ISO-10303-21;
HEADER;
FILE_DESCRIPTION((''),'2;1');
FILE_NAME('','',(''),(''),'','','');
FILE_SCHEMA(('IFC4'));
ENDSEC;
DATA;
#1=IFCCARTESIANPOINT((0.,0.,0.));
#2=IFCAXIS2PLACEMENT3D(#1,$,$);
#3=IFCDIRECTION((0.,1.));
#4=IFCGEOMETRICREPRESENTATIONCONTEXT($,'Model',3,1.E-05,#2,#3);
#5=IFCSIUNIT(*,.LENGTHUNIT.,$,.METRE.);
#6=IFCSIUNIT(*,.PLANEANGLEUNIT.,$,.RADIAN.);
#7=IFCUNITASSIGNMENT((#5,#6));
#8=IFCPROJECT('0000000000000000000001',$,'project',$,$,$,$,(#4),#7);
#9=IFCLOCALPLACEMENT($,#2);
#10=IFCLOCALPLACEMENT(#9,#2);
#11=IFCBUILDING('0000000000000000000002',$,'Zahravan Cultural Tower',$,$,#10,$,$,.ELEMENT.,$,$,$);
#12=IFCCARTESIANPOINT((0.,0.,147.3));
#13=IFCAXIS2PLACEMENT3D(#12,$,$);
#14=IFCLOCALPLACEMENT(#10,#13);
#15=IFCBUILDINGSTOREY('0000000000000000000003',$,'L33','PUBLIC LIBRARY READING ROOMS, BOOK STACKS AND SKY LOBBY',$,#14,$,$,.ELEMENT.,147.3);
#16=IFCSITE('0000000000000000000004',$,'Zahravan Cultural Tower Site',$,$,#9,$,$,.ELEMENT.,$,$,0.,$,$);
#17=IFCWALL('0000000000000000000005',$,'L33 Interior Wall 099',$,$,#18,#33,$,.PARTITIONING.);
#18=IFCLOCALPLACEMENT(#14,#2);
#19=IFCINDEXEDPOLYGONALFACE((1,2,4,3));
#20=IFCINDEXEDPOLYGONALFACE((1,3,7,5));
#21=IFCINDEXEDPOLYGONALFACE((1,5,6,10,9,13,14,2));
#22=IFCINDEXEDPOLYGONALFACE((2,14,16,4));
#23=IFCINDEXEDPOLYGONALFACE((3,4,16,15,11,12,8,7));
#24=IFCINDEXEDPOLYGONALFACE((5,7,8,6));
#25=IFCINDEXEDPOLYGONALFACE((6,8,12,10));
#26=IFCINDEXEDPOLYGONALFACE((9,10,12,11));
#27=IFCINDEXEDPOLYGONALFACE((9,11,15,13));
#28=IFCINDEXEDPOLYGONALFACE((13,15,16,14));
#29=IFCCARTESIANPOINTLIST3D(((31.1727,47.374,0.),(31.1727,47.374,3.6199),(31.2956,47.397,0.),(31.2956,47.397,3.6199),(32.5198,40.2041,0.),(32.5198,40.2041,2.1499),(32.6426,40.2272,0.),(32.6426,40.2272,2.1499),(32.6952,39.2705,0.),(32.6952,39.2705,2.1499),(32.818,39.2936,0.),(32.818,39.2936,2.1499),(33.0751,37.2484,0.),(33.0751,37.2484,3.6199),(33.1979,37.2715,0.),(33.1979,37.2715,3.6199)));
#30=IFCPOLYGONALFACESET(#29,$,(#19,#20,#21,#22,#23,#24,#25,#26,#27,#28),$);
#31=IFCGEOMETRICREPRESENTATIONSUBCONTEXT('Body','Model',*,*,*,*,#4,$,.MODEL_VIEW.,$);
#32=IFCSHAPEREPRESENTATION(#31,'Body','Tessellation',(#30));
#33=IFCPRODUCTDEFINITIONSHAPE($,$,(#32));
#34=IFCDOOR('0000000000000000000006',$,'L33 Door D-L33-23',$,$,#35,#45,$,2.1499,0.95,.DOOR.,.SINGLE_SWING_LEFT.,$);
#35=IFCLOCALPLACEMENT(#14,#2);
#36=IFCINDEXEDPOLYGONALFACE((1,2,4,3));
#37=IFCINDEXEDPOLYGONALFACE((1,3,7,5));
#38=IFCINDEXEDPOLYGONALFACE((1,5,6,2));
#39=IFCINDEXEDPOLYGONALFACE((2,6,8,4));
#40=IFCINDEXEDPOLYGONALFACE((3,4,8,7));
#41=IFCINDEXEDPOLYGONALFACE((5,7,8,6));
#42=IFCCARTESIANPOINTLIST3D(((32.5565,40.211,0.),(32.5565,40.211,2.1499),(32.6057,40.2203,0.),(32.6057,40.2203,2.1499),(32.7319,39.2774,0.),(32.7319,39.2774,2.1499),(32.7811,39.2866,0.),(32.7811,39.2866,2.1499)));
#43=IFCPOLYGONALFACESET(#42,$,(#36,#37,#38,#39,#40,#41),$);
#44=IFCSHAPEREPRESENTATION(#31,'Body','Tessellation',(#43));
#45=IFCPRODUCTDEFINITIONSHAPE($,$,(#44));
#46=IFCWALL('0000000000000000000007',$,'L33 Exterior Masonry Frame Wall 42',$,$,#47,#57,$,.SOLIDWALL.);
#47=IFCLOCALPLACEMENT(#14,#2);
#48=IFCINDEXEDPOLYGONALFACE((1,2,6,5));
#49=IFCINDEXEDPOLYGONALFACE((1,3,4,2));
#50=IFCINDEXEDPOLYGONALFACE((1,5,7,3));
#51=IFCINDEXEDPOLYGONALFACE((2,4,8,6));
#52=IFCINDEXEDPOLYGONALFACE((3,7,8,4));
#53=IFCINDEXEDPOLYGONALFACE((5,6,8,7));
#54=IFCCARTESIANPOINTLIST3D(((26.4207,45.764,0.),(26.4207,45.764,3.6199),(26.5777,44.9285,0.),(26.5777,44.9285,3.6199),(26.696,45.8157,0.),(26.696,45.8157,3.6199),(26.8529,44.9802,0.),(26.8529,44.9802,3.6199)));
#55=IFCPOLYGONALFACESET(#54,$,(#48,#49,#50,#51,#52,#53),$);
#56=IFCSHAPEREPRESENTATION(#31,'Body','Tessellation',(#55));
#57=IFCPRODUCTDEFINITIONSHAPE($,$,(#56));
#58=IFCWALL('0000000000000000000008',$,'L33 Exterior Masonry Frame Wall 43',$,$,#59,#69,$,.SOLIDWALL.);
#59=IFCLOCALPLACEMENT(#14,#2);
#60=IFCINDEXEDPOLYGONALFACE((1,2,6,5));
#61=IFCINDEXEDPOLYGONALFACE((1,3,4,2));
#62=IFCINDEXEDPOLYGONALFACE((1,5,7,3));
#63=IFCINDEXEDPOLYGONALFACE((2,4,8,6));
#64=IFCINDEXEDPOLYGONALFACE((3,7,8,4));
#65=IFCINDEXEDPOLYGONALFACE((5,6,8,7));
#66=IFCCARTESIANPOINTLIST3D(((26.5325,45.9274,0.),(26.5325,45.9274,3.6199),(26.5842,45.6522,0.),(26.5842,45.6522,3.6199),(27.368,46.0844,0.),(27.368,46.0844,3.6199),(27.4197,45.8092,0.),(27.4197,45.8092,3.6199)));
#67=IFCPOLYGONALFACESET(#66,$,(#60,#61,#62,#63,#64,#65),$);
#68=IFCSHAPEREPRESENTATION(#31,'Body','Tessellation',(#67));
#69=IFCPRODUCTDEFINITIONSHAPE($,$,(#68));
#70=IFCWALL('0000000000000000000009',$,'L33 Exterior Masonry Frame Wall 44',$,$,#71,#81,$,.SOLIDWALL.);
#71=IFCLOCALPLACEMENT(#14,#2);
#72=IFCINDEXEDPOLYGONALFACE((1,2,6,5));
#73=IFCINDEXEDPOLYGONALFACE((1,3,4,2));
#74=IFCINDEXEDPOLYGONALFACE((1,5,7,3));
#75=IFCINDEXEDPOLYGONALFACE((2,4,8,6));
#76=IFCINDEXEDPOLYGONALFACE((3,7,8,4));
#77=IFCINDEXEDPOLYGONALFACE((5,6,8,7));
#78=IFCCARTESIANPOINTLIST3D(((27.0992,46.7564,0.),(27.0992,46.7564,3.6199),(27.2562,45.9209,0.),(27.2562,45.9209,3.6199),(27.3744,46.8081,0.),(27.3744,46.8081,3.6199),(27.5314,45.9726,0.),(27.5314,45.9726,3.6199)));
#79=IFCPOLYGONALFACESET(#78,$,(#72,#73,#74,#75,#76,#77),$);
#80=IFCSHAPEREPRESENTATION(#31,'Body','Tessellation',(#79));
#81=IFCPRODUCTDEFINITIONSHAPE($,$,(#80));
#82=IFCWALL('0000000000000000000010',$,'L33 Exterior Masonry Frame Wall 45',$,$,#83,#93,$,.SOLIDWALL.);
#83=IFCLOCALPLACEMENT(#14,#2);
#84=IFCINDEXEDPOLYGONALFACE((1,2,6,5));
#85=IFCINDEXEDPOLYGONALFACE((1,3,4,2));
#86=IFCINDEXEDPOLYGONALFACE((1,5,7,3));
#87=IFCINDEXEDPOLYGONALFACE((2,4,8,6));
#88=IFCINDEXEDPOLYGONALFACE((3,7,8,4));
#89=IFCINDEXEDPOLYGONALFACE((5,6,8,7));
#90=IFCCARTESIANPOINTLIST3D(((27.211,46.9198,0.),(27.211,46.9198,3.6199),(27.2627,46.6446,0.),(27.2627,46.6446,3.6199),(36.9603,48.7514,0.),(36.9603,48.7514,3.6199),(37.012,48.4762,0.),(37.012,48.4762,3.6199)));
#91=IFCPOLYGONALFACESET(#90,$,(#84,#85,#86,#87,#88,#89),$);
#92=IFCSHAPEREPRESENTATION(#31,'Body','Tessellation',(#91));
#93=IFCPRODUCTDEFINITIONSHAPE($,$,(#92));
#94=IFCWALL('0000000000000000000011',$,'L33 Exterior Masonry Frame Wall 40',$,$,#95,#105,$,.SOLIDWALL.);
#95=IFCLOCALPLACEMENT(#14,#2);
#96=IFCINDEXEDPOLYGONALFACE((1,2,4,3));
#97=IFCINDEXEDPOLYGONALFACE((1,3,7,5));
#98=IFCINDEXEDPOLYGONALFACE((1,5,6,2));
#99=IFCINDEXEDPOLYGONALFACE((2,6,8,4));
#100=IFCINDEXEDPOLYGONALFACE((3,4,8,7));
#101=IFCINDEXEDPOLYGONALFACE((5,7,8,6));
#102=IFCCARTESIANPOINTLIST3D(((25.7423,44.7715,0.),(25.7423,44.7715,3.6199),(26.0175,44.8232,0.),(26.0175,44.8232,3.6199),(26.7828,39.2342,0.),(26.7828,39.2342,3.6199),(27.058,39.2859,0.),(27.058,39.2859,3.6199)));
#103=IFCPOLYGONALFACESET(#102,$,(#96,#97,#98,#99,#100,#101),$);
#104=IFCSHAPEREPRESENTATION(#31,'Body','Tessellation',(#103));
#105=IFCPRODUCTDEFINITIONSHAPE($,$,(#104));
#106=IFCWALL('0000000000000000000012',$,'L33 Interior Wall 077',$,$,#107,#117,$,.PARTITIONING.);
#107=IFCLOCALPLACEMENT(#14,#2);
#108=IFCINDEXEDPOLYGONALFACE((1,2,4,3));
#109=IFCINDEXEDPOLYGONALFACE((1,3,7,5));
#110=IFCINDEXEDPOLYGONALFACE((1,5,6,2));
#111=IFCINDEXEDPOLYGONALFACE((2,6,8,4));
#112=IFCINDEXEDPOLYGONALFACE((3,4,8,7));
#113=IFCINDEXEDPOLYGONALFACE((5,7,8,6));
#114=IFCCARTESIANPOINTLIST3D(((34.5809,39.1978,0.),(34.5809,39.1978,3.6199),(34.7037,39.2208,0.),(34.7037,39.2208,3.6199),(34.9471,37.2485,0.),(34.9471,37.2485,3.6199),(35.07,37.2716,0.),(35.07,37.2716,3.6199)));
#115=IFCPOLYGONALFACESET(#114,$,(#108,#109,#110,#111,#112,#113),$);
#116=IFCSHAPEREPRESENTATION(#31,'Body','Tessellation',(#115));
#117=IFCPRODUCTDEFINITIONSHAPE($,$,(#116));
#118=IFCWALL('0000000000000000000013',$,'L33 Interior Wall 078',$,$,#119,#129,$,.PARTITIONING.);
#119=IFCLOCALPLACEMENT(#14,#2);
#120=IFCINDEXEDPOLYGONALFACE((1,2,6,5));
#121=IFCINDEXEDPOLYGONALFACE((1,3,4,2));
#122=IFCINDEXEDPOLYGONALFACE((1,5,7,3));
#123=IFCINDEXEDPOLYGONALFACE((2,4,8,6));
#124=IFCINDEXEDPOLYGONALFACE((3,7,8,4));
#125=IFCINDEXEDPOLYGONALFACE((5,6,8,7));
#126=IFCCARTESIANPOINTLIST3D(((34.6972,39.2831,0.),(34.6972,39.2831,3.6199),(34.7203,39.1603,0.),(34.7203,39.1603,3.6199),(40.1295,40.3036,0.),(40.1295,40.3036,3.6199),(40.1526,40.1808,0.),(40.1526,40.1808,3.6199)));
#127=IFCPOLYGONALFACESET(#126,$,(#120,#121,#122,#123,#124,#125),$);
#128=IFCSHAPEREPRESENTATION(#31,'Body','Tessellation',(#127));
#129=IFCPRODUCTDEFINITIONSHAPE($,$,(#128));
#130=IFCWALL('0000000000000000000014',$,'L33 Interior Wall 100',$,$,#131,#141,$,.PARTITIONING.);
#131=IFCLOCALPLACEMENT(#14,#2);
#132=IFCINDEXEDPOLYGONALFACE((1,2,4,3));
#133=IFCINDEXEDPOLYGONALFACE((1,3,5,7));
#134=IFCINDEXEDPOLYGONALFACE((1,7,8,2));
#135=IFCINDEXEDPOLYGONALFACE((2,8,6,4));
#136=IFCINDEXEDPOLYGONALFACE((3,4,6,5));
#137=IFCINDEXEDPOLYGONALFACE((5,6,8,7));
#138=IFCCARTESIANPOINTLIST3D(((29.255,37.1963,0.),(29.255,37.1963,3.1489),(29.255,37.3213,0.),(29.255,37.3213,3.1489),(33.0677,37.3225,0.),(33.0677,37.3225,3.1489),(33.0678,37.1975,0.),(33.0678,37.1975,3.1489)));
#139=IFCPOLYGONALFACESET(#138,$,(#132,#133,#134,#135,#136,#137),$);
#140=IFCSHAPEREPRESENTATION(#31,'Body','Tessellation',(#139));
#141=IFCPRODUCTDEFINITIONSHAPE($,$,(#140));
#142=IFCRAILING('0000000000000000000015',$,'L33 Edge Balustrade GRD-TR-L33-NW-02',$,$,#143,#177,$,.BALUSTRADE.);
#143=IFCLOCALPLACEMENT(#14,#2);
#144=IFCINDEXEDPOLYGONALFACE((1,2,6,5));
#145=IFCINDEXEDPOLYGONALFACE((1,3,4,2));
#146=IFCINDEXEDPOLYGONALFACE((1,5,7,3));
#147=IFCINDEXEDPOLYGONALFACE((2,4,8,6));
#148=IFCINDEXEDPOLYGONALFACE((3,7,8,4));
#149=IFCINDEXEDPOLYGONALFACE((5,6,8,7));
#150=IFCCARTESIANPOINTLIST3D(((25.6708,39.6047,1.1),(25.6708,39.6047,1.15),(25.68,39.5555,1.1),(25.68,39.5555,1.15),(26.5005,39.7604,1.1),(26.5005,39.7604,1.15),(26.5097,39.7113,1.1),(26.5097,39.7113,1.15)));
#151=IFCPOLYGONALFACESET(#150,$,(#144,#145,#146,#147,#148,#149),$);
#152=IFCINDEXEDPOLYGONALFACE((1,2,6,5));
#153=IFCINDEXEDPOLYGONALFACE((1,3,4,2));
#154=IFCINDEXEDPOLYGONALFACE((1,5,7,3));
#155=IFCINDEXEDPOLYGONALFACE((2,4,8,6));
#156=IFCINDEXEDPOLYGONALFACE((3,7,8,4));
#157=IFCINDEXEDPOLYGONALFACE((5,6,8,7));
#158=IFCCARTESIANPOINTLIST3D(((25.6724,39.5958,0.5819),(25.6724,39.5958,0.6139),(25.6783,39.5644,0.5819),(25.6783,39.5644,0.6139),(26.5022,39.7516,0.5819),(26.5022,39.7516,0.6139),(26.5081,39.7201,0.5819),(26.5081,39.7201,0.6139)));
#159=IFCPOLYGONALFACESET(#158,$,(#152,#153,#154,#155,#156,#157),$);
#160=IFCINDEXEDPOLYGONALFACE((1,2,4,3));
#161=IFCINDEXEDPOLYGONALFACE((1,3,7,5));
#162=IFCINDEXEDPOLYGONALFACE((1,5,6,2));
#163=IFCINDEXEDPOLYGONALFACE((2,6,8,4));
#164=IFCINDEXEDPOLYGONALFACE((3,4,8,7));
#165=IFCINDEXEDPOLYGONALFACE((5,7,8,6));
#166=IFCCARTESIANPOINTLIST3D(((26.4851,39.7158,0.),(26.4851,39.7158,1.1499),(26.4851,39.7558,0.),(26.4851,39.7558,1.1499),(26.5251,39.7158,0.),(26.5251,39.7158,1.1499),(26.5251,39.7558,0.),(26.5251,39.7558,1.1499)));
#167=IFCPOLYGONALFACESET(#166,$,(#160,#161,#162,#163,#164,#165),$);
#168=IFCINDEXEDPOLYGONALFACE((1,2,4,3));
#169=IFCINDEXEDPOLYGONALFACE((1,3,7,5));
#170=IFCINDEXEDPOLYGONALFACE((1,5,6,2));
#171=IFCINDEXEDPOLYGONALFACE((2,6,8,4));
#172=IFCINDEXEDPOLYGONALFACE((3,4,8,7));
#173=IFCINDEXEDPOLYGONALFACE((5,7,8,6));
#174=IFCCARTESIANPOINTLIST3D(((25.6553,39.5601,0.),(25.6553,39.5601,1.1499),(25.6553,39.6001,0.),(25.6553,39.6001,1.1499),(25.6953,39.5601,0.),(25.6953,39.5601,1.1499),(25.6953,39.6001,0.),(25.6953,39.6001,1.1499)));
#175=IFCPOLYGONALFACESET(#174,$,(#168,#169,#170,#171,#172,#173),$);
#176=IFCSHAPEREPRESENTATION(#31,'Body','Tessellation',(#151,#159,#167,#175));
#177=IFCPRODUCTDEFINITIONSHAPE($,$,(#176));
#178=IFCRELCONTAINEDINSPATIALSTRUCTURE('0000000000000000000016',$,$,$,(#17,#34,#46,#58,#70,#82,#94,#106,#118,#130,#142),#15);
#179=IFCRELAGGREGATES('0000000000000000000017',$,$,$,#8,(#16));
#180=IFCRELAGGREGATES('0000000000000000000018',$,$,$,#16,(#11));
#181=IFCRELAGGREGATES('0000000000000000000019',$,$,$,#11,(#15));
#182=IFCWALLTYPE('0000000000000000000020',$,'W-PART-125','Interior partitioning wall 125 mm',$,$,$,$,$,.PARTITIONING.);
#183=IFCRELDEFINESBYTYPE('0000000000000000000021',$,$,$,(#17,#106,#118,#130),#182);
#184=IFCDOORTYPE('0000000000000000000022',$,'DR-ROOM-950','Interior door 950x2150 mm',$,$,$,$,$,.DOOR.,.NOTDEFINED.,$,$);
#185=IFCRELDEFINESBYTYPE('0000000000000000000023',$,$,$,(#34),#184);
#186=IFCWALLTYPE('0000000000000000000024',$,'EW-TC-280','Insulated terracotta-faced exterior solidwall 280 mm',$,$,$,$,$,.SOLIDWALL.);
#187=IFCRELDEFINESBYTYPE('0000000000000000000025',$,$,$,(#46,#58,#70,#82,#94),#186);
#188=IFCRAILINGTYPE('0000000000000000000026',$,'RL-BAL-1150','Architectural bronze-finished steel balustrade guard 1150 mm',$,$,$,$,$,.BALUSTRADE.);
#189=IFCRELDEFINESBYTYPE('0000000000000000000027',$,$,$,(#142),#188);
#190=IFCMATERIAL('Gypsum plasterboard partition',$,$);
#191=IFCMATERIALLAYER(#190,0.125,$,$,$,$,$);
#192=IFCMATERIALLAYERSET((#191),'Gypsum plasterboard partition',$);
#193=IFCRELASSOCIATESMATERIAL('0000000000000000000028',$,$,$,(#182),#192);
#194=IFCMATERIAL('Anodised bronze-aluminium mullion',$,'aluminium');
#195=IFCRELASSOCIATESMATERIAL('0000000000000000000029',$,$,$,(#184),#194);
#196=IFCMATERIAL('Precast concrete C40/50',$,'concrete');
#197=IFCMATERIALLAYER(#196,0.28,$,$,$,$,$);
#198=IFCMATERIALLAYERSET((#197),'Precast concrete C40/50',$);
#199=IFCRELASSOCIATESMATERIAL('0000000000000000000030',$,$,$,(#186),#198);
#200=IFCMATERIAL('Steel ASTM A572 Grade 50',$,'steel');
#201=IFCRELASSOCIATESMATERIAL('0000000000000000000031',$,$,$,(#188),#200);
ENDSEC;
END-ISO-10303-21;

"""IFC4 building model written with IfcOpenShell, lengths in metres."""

from ifc_helpers import new_model, si_unit, direction, frame, frame_2d, origin, origin_2d, place, context, subcontext, project, spatial, rectangle, extrude, source, transform, mapped, material, layer, layer_set, type_object, element, fill, save


model = new_model("IFC4")

# Units and contexts
model_context = context("Model", 3, precision=1e-05, world=origin(), true_north=direction((0.0, 1.0)))
body_context = subcontext(model_context, "Body", "Model", "MODEL_VIEW")
ifc_project = project(units=[si_unit("LENGTHUNIT", "METRE"), si_unit("PLANEANGLEUNIT", "RADIAN")], contexts=[model_context])

# Site, building, storey
site_placement = place(None, origin())
site = spatial("IfcSite", under=ifc_project, at=site_placement, Name="Zahravan Cultural Tower Site", CompositionType="ELEMENT", RefElevation=0.0)
building_placement = place(site_placement, origin())
building = spatial("IfcBuilding", under=site, at=building_placement, Name="Zahravan Cultural Tower", CompositionType="ELEMENT")
storey_placement = place(building_placement, frame((0.0, 0.0, 147.3)))
storey = spatial("IfcBuildingStorey", under=building, at=storey_placement, Name="L33", Description="PUBLIC LIBRARY READING ROOMS, BOOK STACKS AND SKY LOBBY", CompositionType="ELEMENT", Elevation=147.3)

# Wall, opening, door
ifc_material_1 = material(Name="Gypsum plasterboard partition")
ifc_layer_1 = layer(ifc_material_1, 0.125)
ifc_layer_set_1 = layer_set([ifc_layer_1], Name="Gypsum plasterboard partition")
wall_type_1 = type_object("IfcWallType", Name="W-PART-125", Description="Interior partitioning wall 125 mm", PredefinedType="PARTITIONING", material=ifc_layer_set_1)
ifc_material_2 = material(Name="Anodised bronze-aluminium mullion", Category="aluminium")
door_type = type_object("IfcDoorType", Name="DR-ROOM-950", Description="Interior door 950x2150 mm", OperationType="NOTDEFINED", PredefinedType="DOOR", material=ifc_material_2)
shared_shape_1 = source(origin(), body_context, "Body", "SweptSolid", [
    extrude(rectangle(XDim=0.95, YDim=2.1499, at=frame_2d((0.4751, 1.075))), frame((0.0, 0.0249, 0.0), z_axis=(0.0, -1.0, 0.0), x_axis=(1.0, 0.0, 0.0)), (0.0, 0.0, 1.0), 0.05),
])
wall_1_placement = place(storey_placement, frame((31.2341, 47.3855, 0.0), z_axis=(0.0, 0.0, 1.0), x_axis=(0.184646, -0.982805, 0.0)))
wall_1 = element("IfcWall", 1, at=wall_1_placement, inside=storey, type_object=wall_type_1, Name="L33 Interior Wall 099", PredefinedType="PARTITIONING", context=body_context, shape_type="SweptSolid", body=[
    extrude(rectangle(XDim=10.3027, YDim=0.125, at=frame_2d((5.1514, 0.0))), origin(), (0.0, 0.0, 1.0), 3.6199),
])
opening_1_placement = place(wall_1_placement, frame((7.2952, 0.0, 0.0)))
opening_1 = element("IfcOpeningElement", 2, at=opening_1_placement, cuts=wall_1, PredefinedType="OPENING", context=body_context, shape_type="SweptSolid", body=[
    extrude(rectangle(XDim=0.95, YDim=2.1499, at=frame_2d((0.4751, 1.075))), frame((0.0, 0.0725, 0.0), z_axis=(0.0, -1.0, 0.0), x_axis=(1.0, 0.0, 0.0)), (0.0, 0.0, 1.0), 0.145),
])
door_1_placement = place(opening_1_placement, origin())
door_1 = element("IfcDoor", 3, at=door_1_placement, inside=storey, type_object=door_type, Name="L33 Door D-L33-23", OperationType="SINGLE_SWING_LEFT", OverallHeight=2.1499, OverallWidth=0.95, PredefinedType="DOOR", context=body_context, shape_type="MappedRepresentation", body=[
    mapped(shared_shape_1, transform((0.0, 0.0, 0.0), x_axis=(1.0, 0.0, 0.0), y_axis=(0.0, 1.0, 0.0), z_axis=(0.0, 0.0, 1.0), scale=1.0)),
])
fill(opening_1, door_1)

# Walls
ifc_material_3 = material(Name="Precast concrete C40/50", Category="concrete")
ifc_layer_2 = layer(ifc_material_3, 0.28)
ifc_layer_set_2 = layer_set([ifc_layer_2], Name="Precast concrete C40/50")
wall_type_2 = type_object("IfcWallType", Name="EW-TC-280", Description="Insulated terracotta-faced exterior solidwall 280 mm", PredefinedType="SOLIDWALL", material=ifc_layer_set_2)
shared_shape_2 = source(origin(), body_context, "Body", "SweptSolid", [
    extrude(rectangle(XDim=0.8501, YDim=0.28, at=frame_2d((0.425, 0.0))), origin(), (0.0, 0.0, 1.0), 3.6199),
])
for number, where, z_axis, x_axis, name in (
    (4, (26.7153, 44.9543, 0.0), (0.0, 0.0, 1.0), (-0.18467, 0.982801, 0.0), "L33 Exterior Masonry Frame Wall 42"),
    (5, (26.5583, 45.7898, 0.0), (0.0, 0.0, 1.0), (0.982801, 0.18467, 0.0), "L33 Exterior Masonry Frame Wall 43"),
    (6, (27.3938, 45.9468, 0.0), (0.0, 0.0, 1.0), (-0.18467, 0.982801, 0.0), "L33 Exterior Masonry Frame Wall 44"),
):
    element("IfcWall", number, at=place(storey_placement, frame(where, z_axis=z_axis, x_axis=x_axis)), inside=storey, type_object=wall_type_2, Name=name, PredefinedType="SOLIDWALL", context=body_context, shape_type="MappedRepresentation", body=[
        mapped(shared_shape_2, transform((0.0, 0.0, 0.0), x_axis=(1.0, 0.0, 0.0), y_axis=(0.0, 1.0, 0.0), z_axis=(0.0, 0.0, 1.0), scale=1.0)),
    ])
shared_shape_3 = source(origin(), body_context, "Body", "SweptSolid", [
    extrude(rectangle(XDim=9.9199, YDim=0.28, at=frame_2d((4.96, 0.0))), origin(), (0.0, 0.0, 1.0), 3.6199),
])
wall_2_placement = place(storey_placement, frame((27.2368, 46.7822, 0.0), z_axis=(0.0, 0.0, 1.0), x_axis=(0.982807, 0.184635, 0.0)))
element("IfcWall", 7, at=wall_2_placement, inside=storey, type_object=wall_type_2, Name="L33 Exterior Masonry Frame Wall 45", PredefinedType="SOLIDWALL", context=body_context, shape_type="MappedRepresentation", body=[
    mapped(shared_shape_3, transform((0.0, 0.0, 0.0), x_axis=(1.0, 0.0, 0.0), y_axis=(0.0, 1.0, 0.0), z_axis=(0.0, 0.0, 1.0), scale=1.0)),
])
shared_shape_4 = source(origin(), body_context, "Body", "SweptSolid", [
    extrude(rectangle(XDim=5.6343, YDim=0.28, at=frame_2d((2.8171, 0.0))), origin(), (0.0, 0.0, 1.0), 3.6199),
])
wall_3_placement = place(storey_placement, frame((26.9204, 39.26, 0.0), z_axis=(0.0, 0.0, 1.0), x_axis=(-0.184678, 0.982799, 0.0)))
element("IfcWall", 8, at=wall_3_placement, inside=storey, type_object=wall_type_2, Name="L33 Exterior Masonry Frame Wall 40", PredefinedType="SOLIDWALL", context=body_context, shape_type="MappedRepresentation", body=[
    mapped(shared_shape_4, transform((0.0, 0.0, 0.0), x_axis=(1.0, 0.0, 0.0), y_axis=(0.0, 1.0, 0.0), z_axis=(0.0, 0.0, 1.0), scale=1.0)),
])
shared_shape_5 = source(origin(), body_context, "Body", "SweptSolid", [
    extrude(rectangle(XDim=1.9834, YDim=0.125, at=frame_2d((0.9917, 0.0))), origin(), (0.0, 0.0, 1.0), 3.6199),
])
wall_4_placement = place(storey_placement, frame((35.0085, 37.26, 0.0), z_axis=(0.0, 0.0, 1.0), x_axis=(-0.184645, 0.982805, 0.0)))
element("IfcWall", 9, at=wall_4_placement, inside=storey, type_object=wall_type_1, Name="L33 Interior Wall 077", PredefinedType="PARTITIONING", context=body_context, shape_type="MappedRepresentation", body=[
    mapped(shared_shape_5, transform((0.0, 0.0, 0.0), x_axis=(1.0, 0.0, 0.0), y_axis=(0.0, 1.0, 0.0), z_axis=(0.0, 0.0, 1.0), scale=1.0)),
])
shared_shape_6 = source(origin(), body_context, "Body", "SweptSolid", [
    extrude(rectangle(XDim=5.5273, YDim=0.125, at=frame_2d((2.7637, 0.0))), origin(), (0.0, 0.0, 1.0), 3.6199),
])
wall_5_placement = place(storey_placement, frame((34.7087, 39.2217, 0.0), z_axis=(0.0, 0.0, 1.0), x_axis=(0.982809, 0.184627, 0.0)))
element("IfcWall", 10, at=wall_5_placement, inside=storey, type_object=wall_type_1, Name="L33 Interior Wall 078", PredefinedType="PARTITIONING", context=body_context, shape_type="MappedRepresentation", body=[
    mapped(shared_shape_6, transform((0.0, 0.0, 0.0), x_axis=(1.0, 0.0, 0.0), y_axis=(0.0, 1.0, 0.0), z_axis=(0.0, 0.0, 1.0), scale=1.0)),
])
shared_shape_7 = source(origin(), body_context, "Body", "SweptSolid", [
    extrude(rectangle(XDim=3.8127, YDim=0.125, at=frame_2d((1.9062, 0.0))), origin(), (0.0, 0.0, 1.0), 3.1489),
])
wall_6_placement = place(storey_placement, frame((33.0676, 37.26, 0.0), z_axis=(0.0, 0.0, 1.0), x_axis=(-1.0, -0.00032, 0.0)))
element("IfcWall", 11, at=wall_6_placement, inside=storey, type_object=wall_type_1, Name="L33 Interior Wall 100", PredefinedType="PARTITIONING", context=body_context, shape_type="MappedRepresentation", body=[
    mapped(shared_shape_7, transform((0.0, 0.0, 0.0), x_axis=(1.0, 0.0, 0.0), y_axis=(0.0, 1.0, 0.0), z_axis=(0.0, 0.0, 1.0), scale=1.0)),
])

# Railing
ifc_material_4 = material(Name="Steel ASTM A572 Grade 50", Category="steel")
railing_type = type_object("IfcRailingType", Name="RL-BAL-1150", Description="Architectural bronze-finished steel balustrade guard 1150 mm", PredefinedType="BALUSTRADE", material=ifc_material_4)
railing_placement = place(storey_placement, frame((26.5051, 39.7358, 0.0)))
element("IfcRailing", 12, at=railing_placement, inside=storey, type_object=railing_type, Name="L33 Edge Balustrade GRD-TR-L33-NW-02", PredefinedType="BALUSTRADE", context=body_context, shape_type="SweptSolid", body=[
    extrude(rectangle(XDim=0.05, YDim=0.05, at=origin_2d()), frame((0.0, 0.0, 1.125), z_axis=(-0.982836, -0.184481, 0.0), x_axis=(0.184481, -0.982836, 0.0)), (0.0, 0.0, 1.0), 0.8442),
    extrude(rectangle(XDim=0.032, YDim=0.032, at=origin_2d()), frame((0.0, 0.0, 0.5979), z_axis=(-0.982836, -0.184481, 0.0), x_axis=(0.184481, -0.982836, 0.0)), (0.0, 0.0, 1.0), 0.8442),
    extrude(rectangle(XDim=0.04, YDim=0.04, at=origin_2d()), origin(), (0.0, 0.0, 1.0), 1.1499),
    extrude(rectangle(XDim=0.04, YDim=0.04, at=origin_2d()), frame((-0.8298, -0.1558, 0.0)), (0.0, 0.0, 1.0), 1.1499),
])

save(model, "model.ifc")
